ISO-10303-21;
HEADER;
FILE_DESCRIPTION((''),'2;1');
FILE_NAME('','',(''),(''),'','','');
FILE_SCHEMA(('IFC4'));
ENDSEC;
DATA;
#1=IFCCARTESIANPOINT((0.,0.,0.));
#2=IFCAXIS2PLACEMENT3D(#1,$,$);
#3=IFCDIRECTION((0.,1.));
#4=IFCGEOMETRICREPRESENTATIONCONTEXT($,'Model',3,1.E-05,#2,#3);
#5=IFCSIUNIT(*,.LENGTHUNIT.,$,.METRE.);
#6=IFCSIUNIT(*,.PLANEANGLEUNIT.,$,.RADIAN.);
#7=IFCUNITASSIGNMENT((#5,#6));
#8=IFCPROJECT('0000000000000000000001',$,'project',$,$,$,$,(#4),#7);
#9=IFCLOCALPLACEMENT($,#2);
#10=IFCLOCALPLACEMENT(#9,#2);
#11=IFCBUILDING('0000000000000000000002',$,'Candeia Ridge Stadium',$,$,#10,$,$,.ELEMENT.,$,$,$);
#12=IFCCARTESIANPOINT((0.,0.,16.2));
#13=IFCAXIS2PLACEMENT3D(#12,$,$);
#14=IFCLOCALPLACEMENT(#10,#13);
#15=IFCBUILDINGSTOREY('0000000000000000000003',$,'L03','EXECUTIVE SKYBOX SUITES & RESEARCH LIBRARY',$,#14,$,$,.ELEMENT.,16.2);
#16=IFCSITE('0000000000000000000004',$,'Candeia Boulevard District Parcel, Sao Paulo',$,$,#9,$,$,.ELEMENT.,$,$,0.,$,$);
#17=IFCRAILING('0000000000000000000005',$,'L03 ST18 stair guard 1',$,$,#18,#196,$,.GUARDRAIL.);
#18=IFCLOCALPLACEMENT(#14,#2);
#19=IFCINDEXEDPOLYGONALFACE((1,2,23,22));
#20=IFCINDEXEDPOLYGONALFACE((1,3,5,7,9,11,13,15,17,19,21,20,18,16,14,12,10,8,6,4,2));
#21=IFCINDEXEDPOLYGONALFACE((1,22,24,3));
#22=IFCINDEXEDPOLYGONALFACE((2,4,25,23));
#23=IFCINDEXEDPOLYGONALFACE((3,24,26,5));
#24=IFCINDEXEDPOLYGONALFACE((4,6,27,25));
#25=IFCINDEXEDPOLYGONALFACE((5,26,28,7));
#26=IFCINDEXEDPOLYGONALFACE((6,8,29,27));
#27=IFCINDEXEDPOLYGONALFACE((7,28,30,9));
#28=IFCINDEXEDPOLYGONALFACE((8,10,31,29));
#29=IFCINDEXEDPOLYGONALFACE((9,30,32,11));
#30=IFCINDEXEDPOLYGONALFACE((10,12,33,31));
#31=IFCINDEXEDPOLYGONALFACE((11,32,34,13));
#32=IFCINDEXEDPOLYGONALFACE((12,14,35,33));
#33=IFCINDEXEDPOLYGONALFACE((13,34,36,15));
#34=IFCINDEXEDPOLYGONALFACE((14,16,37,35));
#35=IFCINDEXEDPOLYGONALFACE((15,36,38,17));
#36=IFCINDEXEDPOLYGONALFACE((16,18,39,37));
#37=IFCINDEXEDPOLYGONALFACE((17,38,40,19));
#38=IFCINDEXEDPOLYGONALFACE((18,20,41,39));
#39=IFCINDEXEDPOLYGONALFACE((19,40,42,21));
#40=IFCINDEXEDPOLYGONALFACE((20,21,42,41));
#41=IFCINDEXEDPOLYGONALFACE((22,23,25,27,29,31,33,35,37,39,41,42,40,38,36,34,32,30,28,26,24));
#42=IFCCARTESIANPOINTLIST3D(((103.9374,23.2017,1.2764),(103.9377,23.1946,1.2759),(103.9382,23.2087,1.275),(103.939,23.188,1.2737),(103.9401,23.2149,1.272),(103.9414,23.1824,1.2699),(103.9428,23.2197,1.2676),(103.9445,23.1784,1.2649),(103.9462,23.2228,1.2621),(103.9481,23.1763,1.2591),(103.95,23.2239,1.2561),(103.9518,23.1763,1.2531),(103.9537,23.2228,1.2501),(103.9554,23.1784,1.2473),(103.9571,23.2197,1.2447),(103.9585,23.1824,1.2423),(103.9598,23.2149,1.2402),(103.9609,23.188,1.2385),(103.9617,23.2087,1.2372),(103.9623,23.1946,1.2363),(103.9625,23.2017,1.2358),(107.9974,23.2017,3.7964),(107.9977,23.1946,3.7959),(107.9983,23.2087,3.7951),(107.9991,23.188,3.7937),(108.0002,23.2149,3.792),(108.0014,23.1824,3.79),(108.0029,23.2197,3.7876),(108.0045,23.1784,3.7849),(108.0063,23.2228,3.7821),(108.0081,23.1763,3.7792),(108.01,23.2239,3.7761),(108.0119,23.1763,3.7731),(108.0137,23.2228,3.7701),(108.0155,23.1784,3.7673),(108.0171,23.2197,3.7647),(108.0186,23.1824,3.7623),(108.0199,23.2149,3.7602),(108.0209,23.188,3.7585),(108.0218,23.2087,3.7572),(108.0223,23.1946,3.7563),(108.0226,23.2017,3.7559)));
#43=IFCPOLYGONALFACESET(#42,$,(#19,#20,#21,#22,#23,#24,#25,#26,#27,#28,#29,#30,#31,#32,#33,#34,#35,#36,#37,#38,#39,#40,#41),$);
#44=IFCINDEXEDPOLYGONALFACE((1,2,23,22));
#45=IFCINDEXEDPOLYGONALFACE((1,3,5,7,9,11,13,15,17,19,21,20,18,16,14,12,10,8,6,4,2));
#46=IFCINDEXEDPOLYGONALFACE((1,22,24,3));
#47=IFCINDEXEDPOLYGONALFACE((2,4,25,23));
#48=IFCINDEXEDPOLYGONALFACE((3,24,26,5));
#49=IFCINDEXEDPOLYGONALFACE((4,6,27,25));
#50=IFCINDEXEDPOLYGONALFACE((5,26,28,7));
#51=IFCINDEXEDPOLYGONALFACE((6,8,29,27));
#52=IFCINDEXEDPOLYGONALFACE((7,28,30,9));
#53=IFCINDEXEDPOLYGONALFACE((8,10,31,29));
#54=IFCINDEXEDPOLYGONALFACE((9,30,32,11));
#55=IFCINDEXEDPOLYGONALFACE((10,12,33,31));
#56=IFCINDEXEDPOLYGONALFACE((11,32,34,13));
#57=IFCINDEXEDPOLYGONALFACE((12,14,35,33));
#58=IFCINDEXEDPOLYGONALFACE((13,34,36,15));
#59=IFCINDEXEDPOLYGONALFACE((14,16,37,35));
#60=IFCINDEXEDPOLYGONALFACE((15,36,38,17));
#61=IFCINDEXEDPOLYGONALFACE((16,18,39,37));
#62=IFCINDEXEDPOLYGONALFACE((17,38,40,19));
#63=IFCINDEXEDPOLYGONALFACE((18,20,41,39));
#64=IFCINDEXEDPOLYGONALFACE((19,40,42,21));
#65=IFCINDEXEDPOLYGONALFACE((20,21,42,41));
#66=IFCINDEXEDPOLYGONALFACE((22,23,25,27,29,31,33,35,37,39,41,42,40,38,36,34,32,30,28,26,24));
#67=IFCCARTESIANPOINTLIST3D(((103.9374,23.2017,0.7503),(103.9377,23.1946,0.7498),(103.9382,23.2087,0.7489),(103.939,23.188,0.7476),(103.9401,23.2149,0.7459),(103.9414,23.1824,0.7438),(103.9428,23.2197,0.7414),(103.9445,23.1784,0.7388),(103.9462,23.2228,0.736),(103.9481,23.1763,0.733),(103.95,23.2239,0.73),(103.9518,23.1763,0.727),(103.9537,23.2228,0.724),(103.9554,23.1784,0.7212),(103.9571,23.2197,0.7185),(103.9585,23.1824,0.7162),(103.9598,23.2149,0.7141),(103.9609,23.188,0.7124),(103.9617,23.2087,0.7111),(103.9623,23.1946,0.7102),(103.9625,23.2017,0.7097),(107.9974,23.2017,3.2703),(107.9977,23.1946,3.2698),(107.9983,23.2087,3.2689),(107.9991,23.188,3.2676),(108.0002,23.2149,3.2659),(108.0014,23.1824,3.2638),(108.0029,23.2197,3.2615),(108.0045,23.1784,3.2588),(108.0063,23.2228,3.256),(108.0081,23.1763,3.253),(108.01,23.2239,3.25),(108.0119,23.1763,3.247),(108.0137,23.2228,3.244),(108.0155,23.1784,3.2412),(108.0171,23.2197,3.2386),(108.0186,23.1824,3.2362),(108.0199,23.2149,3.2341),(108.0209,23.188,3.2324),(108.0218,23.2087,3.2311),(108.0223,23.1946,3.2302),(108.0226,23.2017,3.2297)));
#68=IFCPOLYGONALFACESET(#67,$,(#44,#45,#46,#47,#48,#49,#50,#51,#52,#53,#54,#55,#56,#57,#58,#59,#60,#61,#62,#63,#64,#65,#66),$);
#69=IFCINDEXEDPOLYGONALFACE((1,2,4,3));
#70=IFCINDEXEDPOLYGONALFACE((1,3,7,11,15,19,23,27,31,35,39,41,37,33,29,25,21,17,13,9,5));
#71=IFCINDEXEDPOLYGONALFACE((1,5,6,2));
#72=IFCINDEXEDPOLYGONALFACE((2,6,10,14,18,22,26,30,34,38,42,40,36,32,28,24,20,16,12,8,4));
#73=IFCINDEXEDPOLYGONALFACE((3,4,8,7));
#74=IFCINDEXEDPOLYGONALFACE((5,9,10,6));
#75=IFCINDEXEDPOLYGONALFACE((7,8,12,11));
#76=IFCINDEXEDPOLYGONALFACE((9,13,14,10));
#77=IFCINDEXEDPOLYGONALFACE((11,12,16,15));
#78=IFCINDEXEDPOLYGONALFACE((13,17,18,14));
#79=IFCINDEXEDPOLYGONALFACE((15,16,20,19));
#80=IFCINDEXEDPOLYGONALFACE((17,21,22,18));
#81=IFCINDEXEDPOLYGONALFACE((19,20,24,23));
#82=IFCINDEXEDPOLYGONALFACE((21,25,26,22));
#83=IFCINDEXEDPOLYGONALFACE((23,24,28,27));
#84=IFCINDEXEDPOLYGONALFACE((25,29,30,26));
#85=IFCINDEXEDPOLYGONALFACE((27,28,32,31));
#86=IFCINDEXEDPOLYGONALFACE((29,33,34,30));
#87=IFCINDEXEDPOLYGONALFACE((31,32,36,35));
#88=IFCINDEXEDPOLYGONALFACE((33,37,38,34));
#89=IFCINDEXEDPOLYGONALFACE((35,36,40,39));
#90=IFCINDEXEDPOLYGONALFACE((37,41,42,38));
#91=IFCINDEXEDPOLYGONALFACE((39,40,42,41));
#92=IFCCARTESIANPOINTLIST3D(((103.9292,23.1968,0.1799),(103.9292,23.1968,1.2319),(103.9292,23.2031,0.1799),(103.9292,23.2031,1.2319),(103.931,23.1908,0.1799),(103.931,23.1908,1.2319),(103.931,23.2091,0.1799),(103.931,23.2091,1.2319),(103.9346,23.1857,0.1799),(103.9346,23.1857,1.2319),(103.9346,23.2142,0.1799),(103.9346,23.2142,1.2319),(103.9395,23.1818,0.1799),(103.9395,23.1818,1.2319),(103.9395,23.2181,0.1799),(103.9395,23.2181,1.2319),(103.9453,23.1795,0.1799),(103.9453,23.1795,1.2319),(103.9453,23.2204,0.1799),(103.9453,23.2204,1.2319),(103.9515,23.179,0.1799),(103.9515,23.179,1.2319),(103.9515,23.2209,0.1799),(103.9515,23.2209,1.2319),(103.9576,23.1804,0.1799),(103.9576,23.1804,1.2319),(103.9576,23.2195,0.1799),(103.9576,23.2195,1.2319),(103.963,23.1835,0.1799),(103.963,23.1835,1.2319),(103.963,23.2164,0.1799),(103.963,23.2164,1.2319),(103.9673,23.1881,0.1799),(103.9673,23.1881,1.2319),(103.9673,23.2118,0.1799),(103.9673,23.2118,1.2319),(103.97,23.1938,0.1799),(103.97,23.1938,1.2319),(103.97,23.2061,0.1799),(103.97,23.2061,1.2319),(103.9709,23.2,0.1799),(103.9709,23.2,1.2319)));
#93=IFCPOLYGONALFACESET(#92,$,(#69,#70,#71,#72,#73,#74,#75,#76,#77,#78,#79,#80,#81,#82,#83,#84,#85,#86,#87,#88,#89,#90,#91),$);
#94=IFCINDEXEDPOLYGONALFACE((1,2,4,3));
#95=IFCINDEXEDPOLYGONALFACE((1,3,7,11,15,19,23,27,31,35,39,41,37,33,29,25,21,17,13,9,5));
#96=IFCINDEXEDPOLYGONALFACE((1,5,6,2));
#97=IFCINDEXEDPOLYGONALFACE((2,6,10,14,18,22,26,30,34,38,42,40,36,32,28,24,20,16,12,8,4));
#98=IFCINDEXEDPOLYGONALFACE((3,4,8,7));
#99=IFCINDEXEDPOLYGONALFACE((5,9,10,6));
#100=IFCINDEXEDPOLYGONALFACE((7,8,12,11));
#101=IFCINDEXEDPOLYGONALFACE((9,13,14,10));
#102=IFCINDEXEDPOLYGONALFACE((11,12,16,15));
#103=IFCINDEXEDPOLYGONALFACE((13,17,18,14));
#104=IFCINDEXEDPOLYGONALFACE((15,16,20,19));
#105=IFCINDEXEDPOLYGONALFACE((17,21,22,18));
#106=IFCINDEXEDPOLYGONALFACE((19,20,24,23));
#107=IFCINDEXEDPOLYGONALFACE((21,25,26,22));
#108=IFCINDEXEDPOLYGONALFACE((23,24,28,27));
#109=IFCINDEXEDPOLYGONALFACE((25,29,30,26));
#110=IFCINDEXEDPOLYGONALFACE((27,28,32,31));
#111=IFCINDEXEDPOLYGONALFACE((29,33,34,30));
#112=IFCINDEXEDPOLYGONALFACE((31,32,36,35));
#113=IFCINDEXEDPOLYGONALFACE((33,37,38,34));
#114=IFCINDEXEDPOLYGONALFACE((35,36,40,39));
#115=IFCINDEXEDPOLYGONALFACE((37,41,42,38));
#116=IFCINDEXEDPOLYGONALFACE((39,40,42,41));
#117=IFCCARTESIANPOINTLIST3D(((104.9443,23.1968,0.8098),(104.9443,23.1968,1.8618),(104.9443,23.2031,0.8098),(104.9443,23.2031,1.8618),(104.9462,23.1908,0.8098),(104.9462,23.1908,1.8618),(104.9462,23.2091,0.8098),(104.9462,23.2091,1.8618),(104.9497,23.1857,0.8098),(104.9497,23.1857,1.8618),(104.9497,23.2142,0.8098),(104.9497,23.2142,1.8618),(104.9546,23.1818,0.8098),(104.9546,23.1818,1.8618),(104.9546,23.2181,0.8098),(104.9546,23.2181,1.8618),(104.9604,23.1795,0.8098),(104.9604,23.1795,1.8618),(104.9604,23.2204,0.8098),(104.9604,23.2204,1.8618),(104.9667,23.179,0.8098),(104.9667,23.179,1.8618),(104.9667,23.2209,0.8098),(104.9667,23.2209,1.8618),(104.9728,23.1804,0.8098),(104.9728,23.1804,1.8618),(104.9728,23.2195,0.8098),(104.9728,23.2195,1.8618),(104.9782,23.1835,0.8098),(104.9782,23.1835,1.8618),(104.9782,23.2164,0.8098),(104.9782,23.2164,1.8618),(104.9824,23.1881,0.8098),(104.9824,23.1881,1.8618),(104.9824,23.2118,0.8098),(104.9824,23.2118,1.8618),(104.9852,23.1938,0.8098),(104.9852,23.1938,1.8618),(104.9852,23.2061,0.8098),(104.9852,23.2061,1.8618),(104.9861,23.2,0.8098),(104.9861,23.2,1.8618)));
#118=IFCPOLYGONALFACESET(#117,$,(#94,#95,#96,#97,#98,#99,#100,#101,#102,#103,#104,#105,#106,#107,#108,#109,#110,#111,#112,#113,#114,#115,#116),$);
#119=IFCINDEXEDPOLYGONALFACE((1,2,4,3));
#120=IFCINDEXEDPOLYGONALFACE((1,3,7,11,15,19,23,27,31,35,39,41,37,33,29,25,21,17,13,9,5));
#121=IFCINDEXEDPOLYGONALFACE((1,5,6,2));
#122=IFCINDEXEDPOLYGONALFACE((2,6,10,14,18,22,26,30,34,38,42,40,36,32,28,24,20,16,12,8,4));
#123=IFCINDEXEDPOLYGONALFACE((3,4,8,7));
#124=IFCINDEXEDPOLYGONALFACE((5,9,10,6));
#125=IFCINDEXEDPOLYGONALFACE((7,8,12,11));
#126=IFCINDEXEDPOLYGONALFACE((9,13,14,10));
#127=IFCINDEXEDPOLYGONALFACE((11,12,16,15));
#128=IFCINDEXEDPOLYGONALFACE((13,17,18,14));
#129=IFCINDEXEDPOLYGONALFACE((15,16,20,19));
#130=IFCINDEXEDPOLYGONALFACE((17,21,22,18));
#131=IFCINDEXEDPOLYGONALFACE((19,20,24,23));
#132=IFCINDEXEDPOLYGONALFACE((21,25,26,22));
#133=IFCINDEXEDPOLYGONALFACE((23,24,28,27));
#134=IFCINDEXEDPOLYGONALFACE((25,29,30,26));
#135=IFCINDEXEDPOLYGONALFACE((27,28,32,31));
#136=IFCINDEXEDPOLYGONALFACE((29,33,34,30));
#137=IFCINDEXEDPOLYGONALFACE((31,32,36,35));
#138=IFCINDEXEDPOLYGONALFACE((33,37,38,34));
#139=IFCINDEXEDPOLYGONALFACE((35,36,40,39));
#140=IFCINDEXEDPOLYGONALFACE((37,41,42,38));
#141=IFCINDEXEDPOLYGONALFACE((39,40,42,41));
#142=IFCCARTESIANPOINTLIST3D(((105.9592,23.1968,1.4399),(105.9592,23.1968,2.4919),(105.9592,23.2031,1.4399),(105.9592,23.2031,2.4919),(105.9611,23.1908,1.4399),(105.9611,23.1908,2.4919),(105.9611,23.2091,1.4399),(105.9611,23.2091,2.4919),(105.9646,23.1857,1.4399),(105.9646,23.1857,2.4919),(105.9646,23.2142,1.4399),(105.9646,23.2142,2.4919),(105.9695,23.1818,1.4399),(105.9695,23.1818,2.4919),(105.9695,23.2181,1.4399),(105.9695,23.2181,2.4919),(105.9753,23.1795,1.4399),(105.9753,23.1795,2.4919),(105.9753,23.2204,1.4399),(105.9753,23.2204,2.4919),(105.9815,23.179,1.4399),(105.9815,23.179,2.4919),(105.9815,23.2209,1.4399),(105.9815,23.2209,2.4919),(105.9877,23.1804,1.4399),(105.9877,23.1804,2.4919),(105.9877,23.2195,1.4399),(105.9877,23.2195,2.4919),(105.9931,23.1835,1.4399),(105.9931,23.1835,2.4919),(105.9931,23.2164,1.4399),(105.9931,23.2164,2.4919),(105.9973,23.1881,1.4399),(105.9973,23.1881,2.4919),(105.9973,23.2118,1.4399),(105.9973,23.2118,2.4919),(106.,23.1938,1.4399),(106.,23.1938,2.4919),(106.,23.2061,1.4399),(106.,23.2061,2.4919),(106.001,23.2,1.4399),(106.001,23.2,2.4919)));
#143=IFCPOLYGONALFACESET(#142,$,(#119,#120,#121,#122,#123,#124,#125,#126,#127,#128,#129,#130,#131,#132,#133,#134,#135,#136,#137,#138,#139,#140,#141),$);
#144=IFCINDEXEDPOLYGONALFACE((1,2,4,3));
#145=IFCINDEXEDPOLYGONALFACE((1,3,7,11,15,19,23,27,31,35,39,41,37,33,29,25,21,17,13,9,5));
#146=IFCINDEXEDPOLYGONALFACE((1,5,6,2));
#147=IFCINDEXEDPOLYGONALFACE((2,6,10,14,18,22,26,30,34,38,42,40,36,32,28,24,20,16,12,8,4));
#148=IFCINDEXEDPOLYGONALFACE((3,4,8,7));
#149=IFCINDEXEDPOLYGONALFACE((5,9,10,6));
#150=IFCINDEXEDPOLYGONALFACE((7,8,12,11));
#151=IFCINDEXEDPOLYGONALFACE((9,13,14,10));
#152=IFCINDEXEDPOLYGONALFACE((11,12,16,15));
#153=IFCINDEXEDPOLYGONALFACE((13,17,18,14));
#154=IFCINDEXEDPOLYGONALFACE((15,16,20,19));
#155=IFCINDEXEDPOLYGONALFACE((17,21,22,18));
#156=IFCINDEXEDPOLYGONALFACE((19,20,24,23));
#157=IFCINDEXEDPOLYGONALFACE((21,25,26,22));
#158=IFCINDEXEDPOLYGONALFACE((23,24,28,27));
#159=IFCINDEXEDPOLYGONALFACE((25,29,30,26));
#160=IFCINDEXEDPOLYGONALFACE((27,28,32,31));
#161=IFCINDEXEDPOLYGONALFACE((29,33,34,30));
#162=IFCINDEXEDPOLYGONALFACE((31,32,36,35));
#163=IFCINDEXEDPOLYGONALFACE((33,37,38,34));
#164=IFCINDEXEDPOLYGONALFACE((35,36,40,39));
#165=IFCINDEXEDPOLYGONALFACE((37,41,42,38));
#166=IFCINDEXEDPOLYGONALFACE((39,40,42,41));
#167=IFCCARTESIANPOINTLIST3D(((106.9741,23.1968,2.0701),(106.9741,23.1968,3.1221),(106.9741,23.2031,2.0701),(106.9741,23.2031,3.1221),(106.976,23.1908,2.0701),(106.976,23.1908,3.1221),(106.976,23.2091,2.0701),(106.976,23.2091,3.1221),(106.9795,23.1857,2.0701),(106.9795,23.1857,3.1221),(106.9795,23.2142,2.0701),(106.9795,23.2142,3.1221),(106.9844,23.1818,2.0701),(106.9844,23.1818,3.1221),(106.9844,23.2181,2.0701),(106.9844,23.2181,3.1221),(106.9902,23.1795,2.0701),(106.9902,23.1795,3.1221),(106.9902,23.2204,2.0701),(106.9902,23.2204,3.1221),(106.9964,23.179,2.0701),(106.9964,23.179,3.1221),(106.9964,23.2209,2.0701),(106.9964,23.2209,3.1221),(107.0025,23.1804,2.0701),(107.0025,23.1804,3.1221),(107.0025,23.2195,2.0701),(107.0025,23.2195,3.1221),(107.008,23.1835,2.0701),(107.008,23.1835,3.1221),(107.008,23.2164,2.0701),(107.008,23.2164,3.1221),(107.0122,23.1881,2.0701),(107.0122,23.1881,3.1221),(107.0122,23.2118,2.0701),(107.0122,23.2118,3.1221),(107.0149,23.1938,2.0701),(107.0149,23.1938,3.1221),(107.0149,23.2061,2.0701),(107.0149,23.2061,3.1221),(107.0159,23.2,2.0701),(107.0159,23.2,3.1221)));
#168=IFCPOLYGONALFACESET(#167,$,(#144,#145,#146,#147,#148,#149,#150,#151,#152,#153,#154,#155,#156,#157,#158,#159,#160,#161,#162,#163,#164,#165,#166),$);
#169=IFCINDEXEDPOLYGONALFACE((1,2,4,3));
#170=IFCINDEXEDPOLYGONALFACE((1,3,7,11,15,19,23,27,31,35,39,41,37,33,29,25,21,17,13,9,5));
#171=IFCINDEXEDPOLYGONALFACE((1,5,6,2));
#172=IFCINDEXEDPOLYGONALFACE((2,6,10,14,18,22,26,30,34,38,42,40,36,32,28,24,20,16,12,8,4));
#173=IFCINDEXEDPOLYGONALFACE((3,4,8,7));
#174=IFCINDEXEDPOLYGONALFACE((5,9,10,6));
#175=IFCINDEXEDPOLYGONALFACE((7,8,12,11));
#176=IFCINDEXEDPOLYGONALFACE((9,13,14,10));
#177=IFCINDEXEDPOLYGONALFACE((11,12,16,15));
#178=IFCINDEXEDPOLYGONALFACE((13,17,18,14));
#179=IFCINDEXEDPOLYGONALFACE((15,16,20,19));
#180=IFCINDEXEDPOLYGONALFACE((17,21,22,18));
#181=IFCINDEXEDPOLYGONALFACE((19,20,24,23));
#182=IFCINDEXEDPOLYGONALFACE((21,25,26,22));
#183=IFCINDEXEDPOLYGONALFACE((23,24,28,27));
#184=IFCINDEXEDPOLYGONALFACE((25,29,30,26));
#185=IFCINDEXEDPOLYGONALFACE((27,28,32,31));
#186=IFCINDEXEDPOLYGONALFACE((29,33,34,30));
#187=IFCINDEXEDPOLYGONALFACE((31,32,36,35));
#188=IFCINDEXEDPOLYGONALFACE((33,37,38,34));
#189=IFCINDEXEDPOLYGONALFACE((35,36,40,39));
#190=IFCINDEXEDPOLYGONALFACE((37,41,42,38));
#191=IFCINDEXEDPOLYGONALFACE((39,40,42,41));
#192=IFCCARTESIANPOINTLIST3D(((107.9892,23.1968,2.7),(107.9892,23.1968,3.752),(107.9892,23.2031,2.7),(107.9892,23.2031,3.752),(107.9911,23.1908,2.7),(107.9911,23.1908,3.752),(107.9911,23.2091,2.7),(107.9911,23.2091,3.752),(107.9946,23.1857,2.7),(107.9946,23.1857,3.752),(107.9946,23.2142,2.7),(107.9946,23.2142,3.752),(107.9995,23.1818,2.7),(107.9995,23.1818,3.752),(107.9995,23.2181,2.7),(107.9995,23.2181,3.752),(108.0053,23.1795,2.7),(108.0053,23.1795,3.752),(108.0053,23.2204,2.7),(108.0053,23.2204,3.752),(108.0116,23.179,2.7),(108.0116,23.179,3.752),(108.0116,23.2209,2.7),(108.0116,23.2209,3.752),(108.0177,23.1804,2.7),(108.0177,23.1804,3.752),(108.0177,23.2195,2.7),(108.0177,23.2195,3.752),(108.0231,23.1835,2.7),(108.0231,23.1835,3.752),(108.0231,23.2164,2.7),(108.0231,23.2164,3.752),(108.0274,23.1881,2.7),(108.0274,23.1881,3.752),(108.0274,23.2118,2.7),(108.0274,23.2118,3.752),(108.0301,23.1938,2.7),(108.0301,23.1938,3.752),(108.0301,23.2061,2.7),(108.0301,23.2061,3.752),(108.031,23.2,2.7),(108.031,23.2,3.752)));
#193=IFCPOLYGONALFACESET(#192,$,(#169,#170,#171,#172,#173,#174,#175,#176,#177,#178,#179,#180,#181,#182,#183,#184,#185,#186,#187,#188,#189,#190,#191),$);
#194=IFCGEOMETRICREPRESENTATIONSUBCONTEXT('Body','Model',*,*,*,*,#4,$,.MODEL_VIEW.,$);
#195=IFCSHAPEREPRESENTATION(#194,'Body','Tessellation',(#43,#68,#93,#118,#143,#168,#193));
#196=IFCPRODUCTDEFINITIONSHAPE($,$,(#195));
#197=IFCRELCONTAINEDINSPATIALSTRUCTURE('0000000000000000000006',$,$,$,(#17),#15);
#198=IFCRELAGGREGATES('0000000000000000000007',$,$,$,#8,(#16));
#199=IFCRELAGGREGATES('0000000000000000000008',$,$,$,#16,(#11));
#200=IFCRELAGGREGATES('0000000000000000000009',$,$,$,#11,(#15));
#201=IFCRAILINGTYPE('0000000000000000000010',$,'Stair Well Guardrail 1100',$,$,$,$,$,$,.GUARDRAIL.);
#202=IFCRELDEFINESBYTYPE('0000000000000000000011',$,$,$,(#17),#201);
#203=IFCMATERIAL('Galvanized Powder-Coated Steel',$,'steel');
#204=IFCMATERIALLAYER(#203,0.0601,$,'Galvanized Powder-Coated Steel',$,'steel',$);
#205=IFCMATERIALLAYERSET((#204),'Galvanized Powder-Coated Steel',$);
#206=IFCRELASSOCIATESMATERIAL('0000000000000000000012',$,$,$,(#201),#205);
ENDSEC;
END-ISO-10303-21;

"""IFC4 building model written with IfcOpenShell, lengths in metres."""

from ifc_helpers import new_model, si_unit, direction, frame, origin, origin_2d, place, context, subcontext, project, spatial, circle, extrude, material, layer, layer_set, type_object, element, save


model = new_model("IFC4")

# Units and contexts
model_context = context("Model", 3, precision=1e-05, world=origin(), true_north=direction((0.0, 1.0)))
body_context = subcontext(model_context, "Body", "Model", "MODEL_VIEW")
ifc_project = project(units=[si_unit("LENGTHUNIT", "METRE"), si_unit("PLANEANGLEUNIT", "RADIAN")], contexts=[model_context])

# Site, building, storey
site_placement = place(None, origin())
site = spatial("IfcSite", under=ifc_project, at=site_placement, Name="Candeia Boulevard District Parcel, Sao Paulo", CompositionType="ELEMENT", RefElevation=0.0)
building_placement = place(site_placement, origin())
building = spatial("IfcBuilding", under=site, at=building_placement, Name="Candeia Ridge Stadium", CompositionType="ELEMENT")
storey_placement = place(building_placement, frame((0.0, 0.0, 16.2)))
storey = spatial("IfcBuildingStorey", under=building, at=storey_placement, Name="L03", Description="EXECUTIVE SKYBOX SUITES & RESEARCH LIBRARY", CompositionType="ELEMENT", Elevation=16.2)

# Railing
ifc_material_1 = material(Name="Galvanized Powder-Coated Steel", Category="steel")
ifc_layer_1 = layer(ifc_material_1, 0.0601, Name="Galvanized Powder-Coated Steel", Category="steel")
ifc_layer_set_1 = layer_set([ifc_layer_1], Name="Galvanized Powder-Coated Steel")
railing_type_1 = type_object("IfcRailingType", Name="Stair Well Guardrail 1100", PredefinedType="GUARDRAIL", material=ifc_layer_set_1)
railing_1_placement = place(storey_placement, frame((103.95, 23.2, 0.1799)))
element("IfcRailing", 1, at=railing_1_placement, inside=storey, type_object=railing_type_1, Name="L03 ST18 stair guard 1", PredefinedType="GUARDRAIL", context=body_context, shape_type="SweptSolid", body=[
    extrude(circle(Radius=0.0239, at=origin_2d()), frame((0.0, 0.0, 1.0762), z_axis=(0.849642, 0.0, 0.52736), x_axis=(0.0, 1.0, 0.0)), (0.0, 0.0, 1.0), 4.7786),
    extrude(circle(Radius=0.0239, at=origin_2d()), frame((0.0, 0.0, 0.55), z_axis=(0.849642, 0.0, 0.52736), x_axis=(0.0, 1.0, 0.0)), (0.0, 0.0, 1.0), 4.7786),
    extrude(circle(Radius=0.021, at=origin_2d()), origin(), (0.0, 0.0, 1.0), 1.052),
    extrude(circle(Radius=0.021, at=origin_2d()), frame((1.0151, 0.0, 0.6299)), (0.0, 0.0, 1.0), 1.052),
    extrude(circle(Radius=0.021, at=origin_2d()), frame((2.03, 0.0, 1.26)), (0.0, 0.0, 1.0), 1.052),
    extrude(circle(Radius=0.021, at=origin_2d()), frame((3.0449, 0.0, 1.8901)), (0.0, 0.0, 1.0), 1.052),
    extrude(circle(Radius=0.021, at=origin_2d()), frame((4.0601, 0.0, 2.52)), (0.0, 0.0, 1.0), 1.052),
])

save(model, "model.ifc")
